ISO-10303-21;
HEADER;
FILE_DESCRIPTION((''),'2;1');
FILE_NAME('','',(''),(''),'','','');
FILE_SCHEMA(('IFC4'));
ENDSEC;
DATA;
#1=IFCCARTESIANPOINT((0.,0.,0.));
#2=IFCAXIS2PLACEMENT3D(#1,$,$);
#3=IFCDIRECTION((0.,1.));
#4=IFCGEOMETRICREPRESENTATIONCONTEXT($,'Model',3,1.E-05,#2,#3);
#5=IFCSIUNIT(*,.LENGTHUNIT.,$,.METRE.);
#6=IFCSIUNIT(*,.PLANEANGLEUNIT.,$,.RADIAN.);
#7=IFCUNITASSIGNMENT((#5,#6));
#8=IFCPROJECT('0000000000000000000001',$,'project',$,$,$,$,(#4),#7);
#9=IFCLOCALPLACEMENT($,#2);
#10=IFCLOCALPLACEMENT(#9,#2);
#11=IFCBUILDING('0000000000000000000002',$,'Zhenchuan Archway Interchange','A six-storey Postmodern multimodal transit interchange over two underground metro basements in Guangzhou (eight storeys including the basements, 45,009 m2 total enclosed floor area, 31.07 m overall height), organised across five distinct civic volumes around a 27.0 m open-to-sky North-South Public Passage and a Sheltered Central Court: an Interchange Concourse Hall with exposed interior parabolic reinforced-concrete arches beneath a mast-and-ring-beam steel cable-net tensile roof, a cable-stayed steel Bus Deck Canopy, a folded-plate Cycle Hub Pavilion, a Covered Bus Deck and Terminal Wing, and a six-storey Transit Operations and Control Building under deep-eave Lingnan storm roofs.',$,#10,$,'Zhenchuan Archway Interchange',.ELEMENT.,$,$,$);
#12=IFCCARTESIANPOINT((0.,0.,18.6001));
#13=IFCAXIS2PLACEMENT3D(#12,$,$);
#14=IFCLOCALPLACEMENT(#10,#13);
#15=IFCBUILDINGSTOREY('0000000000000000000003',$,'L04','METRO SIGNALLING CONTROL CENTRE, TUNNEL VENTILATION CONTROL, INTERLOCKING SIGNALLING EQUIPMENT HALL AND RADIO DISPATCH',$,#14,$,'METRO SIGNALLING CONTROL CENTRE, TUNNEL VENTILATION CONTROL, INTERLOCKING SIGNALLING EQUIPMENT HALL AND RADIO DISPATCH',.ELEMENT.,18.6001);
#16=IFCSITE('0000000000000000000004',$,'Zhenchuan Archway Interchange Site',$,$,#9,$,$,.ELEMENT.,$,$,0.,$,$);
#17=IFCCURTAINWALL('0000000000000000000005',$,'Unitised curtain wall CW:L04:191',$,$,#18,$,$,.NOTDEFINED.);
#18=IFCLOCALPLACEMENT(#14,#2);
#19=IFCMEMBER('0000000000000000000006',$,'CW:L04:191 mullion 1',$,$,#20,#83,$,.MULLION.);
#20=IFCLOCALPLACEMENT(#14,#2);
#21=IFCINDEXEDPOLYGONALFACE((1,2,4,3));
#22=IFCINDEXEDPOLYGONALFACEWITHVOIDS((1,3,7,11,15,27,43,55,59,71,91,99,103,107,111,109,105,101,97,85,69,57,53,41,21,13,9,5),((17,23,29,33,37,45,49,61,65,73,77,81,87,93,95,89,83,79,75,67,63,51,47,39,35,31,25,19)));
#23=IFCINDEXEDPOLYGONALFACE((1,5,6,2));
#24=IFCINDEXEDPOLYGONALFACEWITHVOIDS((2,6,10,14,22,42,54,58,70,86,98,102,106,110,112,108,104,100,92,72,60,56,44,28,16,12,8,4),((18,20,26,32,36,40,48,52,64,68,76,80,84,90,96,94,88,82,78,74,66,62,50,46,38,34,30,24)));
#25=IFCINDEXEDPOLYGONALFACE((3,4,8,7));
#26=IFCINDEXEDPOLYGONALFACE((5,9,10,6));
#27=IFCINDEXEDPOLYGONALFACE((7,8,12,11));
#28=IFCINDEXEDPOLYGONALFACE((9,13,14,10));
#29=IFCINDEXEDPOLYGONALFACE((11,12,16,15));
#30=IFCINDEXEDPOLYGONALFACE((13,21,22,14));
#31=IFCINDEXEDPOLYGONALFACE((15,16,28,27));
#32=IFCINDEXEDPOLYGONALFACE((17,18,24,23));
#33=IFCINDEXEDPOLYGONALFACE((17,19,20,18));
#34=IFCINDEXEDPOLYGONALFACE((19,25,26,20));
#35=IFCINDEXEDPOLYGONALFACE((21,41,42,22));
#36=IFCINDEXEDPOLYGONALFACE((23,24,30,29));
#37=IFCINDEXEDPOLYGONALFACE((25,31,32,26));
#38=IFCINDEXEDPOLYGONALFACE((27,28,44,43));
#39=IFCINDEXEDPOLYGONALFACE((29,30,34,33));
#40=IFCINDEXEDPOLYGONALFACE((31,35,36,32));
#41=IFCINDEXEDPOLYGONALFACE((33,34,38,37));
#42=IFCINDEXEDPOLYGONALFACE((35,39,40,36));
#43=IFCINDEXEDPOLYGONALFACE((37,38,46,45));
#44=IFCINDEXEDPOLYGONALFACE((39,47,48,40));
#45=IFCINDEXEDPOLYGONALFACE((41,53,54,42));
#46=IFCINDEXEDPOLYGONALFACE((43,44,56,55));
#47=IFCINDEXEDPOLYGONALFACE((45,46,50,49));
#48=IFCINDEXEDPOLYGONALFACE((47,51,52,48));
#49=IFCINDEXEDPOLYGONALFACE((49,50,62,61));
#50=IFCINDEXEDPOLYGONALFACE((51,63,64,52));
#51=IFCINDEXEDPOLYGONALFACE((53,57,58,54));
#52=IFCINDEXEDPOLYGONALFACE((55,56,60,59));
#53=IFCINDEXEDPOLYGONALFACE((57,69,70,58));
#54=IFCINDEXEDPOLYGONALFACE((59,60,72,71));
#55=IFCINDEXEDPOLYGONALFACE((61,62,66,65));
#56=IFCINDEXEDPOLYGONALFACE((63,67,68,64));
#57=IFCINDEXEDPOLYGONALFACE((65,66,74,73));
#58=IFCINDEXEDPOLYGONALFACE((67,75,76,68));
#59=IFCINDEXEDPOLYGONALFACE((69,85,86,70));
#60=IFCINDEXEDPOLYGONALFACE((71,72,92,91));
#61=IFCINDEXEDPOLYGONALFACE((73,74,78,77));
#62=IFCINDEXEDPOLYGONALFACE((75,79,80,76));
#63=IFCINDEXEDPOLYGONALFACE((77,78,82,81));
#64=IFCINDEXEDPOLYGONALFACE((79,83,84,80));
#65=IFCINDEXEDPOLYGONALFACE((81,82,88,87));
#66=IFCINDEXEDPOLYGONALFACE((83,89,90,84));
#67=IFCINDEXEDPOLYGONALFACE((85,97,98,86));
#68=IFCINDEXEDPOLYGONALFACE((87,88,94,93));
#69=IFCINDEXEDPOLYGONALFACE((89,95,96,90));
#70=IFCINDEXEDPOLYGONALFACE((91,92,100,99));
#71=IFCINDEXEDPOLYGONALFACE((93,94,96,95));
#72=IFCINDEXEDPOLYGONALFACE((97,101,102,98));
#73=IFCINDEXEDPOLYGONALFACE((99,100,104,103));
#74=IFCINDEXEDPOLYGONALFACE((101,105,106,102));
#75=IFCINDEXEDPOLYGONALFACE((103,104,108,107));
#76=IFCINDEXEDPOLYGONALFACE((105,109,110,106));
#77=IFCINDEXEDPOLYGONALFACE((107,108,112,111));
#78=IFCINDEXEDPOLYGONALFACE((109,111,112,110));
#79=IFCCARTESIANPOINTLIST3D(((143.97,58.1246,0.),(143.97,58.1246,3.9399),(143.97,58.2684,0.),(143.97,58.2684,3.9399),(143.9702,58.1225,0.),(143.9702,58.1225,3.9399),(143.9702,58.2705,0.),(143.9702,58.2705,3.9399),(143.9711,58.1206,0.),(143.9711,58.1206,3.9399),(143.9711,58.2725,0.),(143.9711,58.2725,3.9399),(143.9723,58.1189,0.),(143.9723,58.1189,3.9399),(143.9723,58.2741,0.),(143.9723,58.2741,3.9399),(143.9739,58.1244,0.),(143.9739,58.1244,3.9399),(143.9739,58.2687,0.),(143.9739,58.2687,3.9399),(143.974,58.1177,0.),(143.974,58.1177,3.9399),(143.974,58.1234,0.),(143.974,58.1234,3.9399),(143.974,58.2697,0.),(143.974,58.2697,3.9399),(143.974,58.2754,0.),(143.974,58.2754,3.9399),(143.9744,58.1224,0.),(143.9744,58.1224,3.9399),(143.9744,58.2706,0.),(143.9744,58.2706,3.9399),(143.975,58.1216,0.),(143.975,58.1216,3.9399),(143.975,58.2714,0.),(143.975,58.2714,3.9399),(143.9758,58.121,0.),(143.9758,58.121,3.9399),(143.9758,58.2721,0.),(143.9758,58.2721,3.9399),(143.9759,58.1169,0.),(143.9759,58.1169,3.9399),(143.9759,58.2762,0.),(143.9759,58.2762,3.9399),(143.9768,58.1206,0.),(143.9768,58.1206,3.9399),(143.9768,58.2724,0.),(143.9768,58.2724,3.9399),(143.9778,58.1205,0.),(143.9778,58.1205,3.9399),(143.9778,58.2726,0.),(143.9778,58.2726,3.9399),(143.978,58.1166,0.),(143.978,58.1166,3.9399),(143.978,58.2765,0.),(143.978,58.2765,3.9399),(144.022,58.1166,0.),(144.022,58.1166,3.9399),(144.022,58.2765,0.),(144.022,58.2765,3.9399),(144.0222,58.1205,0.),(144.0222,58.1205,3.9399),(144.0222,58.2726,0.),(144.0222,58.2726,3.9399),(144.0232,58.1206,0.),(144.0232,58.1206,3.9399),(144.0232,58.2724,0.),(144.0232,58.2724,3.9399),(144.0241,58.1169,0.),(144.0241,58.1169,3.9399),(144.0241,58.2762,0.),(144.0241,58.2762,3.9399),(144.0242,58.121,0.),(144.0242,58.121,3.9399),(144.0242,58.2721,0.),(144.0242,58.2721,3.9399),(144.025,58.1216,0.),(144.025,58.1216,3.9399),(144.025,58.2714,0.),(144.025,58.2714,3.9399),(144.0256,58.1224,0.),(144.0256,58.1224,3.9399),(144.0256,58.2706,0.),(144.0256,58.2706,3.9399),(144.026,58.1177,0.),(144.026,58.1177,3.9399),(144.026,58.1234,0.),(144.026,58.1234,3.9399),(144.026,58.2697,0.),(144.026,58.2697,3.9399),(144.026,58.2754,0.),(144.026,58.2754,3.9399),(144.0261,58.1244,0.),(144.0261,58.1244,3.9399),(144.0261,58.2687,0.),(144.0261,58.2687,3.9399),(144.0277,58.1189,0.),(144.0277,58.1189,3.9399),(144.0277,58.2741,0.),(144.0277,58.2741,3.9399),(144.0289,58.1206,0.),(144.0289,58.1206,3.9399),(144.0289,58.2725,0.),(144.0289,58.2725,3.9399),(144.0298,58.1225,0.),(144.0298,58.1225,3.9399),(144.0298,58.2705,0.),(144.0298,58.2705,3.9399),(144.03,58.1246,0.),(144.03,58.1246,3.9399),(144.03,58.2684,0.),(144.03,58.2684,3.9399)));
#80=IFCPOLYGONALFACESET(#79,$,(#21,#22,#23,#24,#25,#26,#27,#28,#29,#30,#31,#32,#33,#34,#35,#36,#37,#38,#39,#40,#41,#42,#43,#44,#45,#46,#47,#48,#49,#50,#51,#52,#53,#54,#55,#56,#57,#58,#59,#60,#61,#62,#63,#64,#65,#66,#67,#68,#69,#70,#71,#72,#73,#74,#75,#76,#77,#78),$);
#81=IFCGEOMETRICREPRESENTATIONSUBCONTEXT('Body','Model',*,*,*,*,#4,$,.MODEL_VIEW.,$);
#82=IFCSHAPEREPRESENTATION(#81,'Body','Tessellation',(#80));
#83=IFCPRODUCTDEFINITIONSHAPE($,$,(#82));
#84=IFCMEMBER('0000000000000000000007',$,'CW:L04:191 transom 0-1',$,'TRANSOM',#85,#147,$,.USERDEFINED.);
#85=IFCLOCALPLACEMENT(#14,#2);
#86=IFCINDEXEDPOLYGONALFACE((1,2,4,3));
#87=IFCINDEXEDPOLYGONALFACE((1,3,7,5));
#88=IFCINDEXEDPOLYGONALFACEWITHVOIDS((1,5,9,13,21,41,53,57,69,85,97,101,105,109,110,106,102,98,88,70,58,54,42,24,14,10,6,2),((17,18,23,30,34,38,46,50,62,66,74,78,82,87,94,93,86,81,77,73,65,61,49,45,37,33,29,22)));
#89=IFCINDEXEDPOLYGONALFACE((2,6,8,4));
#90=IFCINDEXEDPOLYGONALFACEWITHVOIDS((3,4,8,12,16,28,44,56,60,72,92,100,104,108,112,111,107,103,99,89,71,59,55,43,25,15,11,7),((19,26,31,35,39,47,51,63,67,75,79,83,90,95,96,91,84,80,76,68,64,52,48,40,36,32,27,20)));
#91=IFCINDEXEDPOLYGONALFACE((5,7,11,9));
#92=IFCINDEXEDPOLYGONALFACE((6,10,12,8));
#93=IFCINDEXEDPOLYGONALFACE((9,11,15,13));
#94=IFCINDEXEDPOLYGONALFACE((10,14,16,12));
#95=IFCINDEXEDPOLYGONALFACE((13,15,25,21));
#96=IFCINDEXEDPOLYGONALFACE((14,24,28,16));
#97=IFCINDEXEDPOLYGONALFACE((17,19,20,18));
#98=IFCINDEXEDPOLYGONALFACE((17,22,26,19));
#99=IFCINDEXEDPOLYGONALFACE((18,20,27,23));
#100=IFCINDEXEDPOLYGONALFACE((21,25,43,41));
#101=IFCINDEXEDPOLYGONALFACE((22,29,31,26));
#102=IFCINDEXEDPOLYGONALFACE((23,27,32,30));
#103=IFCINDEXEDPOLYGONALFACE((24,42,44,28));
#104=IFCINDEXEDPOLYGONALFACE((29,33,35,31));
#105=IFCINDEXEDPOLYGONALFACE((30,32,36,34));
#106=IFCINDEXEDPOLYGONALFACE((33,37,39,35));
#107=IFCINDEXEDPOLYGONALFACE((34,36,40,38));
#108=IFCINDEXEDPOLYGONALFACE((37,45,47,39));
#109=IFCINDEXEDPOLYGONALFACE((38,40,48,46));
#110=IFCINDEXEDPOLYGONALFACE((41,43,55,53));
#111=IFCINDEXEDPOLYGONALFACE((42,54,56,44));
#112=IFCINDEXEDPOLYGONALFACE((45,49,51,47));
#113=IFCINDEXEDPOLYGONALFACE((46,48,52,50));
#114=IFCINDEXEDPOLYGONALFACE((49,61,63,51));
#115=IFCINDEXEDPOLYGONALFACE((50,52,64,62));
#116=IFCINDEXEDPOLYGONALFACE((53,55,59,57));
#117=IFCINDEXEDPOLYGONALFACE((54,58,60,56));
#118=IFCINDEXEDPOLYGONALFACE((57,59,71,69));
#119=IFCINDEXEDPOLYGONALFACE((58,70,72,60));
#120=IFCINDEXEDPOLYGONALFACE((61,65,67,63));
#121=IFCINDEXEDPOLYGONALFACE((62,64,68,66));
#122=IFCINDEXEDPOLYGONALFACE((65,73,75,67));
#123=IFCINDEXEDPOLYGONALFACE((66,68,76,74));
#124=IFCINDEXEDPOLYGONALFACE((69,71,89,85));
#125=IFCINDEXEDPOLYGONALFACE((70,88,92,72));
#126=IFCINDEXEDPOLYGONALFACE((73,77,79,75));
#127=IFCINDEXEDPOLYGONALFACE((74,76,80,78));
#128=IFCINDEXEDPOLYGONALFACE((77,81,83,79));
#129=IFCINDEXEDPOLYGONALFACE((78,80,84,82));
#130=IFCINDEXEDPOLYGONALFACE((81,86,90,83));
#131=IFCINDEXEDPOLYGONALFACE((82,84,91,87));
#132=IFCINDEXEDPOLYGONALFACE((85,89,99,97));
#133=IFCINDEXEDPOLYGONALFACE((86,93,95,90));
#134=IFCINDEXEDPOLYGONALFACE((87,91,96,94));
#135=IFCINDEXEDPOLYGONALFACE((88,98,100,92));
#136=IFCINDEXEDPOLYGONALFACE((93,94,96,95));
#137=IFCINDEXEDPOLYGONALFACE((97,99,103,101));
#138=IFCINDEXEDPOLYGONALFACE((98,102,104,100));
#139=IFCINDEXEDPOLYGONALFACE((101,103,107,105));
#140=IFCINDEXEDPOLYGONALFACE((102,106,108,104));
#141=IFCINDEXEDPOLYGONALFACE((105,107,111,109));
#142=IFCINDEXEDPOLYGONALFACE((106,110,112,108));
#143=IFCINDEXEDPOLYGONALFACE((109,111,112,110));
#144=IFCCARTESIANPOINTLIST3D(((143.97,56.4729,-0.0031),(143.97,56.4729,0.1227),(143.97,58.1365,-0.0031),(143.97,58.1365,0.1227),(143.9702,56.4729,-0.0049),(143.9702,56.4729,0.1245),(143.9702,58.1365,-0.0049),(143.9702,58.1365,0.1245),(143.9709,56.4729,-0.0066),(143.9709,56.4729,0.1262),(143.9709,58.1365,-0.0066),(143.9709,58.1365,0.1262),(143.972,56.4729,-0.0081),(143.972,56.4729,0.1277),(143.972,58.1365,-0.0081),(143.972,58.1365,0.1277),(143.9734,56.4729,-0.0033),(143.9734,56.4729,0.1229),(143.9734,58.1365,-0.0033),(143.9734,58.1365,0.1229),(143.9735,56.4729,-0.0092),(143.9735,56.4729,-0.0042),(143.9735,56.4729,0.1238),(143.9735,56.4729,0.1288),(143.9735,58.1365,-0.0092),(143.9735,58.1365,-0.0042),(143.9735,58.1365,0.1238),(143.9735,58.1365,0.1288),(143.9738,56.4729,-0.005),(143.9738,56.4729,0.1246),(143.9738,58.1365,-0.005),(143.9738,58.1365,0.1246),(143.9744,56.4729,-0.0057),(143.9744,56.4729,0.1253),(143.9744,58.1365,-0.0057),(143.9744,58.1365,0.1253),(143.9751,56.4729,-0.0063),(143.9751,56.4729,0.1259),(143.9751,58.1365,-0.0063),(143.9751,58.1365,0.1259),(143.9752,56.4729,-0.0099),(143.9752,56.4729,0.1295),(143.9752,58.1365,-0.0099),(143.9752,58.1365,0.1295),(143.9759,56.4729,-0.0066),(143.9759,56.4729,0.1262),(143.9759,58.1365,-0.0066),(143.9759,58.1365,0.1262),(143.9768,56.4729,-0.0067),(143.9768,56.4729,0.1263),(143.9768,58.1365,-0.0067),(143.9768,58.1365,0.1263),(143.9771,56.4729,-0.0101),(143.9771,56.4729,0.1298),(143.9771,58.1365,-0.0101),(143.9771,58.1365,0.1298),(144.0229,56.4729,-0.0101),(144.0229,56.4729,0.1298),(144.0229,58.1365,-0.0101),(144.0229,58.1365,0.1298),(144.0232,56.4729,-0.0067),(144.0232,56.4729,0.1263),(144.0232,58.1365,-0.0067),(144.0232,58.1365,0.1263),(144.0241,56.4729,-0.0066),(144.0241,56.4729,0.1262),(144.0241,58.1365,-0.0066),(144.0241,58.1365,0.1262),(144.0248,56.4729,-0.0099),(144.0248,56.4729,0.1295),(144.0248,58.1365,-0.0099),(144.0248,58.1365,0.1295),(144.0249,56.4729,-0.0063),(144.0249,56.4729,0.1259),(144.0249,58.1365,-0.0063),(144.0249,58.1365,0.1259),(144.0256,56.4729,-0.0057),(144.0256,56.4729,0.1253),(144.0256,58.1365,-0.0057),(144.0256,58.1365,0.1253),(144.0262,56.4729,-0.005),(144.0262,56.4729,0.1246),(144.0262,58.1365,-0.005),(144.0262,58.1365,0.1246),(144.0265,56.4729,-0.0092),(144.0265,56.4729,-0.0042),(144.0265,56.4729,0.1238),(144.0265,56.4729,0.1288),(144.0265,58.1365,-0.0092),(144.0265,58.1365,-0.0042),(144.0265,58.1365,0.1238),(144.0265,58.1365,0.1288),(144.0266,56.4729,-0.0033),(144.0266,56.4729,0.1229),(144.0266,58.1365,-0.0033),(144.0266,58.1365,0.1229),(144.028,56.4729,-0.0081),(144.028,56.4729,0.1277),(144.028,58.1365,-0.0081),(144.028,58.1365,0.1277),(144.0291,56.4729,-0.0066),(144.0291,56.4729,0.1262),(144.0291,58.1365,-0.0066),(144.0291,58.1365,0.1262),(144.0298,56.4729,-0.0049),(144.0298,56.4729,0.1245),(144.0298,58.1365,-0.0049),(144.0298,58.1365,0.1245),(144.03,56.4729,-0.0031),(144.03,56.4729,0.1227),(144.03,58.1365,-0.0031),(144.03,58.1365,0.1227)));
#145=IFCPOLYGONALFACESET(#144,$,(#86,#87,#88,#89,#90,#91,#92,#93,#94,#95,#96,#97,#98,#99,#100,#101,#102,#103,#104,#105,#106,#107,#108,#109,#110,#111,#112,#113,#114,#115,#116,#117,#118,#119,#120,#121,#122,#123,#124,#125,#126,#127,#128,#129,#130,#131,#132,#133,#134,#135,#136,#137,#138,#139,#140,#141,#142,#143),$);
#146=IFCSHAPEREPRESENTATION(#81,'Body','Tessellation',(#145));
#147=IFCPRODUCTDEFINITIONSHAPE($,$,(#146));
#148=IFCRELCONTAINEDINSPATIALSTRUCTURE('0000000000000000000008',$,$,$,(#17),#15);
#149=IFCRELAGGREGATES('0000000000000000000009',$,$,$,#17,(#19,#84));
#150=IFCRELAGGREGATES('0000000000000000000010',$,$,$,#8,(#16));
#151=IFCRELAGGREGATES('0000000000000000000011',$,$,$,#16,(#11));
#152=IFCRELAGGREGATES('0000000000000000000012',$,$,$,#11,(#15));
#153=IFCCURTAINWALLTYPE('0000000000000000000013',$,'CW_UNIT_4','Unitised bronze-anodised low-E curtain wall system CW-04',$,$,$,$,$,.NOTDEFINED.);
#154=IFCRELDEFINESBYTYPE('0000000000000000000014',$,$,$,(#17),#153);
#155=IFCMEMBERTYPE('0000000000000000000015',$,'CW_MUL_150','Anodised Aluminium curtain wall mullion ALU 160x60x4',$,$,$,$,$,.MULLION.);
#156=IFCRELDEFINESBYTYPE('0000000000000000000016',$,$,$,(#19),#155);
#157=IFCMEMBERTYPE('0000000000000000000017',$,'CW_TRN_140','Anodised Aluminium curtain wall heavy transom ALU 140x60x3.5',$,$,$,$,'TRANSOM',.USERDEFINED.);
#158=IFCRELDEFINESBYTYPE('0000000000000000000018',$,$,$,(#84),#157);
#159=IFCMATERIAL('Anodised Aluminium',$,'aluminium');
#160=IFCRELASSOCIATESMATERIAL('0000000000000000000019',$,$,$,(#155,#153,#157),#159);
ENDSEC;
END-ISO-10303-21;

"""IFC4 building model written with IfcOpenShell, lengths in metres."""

from ifc_helpers import new_model, si_unit, direction, frame, origin, origin_2d, place, context, subcontext, project, spatial, hollow_rectangle, extrude, material, material_profile, profile_set, type_object, element, aggregate, save


model = new_model("IFC4")

# Units and contexts
model_context = context("Model", 3, precision=1e-05, world=origin(), true_north=direction((0.0, 1.0)))
body_context = subcontext(model_context, "Body", "Model", "MODEL_VIEW")
ifc_project = project(units=[si_unit("LENGTHUNIT", "METRE"), si_unit("PLANEANGLEUNIT", "RADIAN")], contexts=[model_context])

# Site, building, storey
site_placement = place(None, origin())
site = spatial("IfcSite", under=ifc_project, at=site_placement, Name="Zhenchuan Archway Interchange Site", CompositionType="ELEMENT", RefElevation=0.0)
building_placement = place(site_placement, origin())
building = spatial("IfcBuilding", under=site, at=building_placement, Name="Zhenchuan Archway Interchange", Description="A six-storey Postmodern multimodal transit interchange over two underground metro basements in Guangzhou (eight storeys including the basements, 45,009 m2 total enclosed floor area, 31.07 m overall height), organised across five distinct civic volumes around a 27.0 m open-to-sky North-South Public Passage and a Sheltered Central Court: an Interchange Concourse Hall with exposed interior parabolic reinforced-concrete arches beneath a mast-and-ring-beam steel cable-net tensile roof, a cable-stayed steel Bus Deck Canopy, a folded-plate Cycle Hub Pavilion, a Covered Bus Deck and Terminal Wing, and a six-storey Transit Operations and Control Building under deep-eave Lingnan storm roofs.", LongName="Zhenchuan Archway Interchange", CompositionType="ELEMENT")
storey_placement = place(building_placement, frame((0.0, 0.0, 18.6001)))
storey = spatial("IfcBuildingStorey", under=building, at=storey_placement, Name="L04", Description="METRO SIGNALLING CONTROL CENTRE, TUNNEL VENTILATION CONTROL, INTERLOCKING SIGNALLING EQUIPMENT HALL AND RADIO DISPATCH", LongName="METRO SIGNALLING CONTROL CENTRE, TUNNEL VENTILATION CONTROL, INTERLOCKING SIGNALLING EQUIPMENT HALL AND RADIO DISPATCH", CompositionType="ELEMENT", Elevation=18.6001)

# Shared definitions
ifc_material_1 = material(Name="Anodised Aluminium", Category="aluminium")
ifc_material_profile_1 = material_profile(ifc_material_1, hollow_rectangle(XDim=0.0601, YDim=0.1599, WallThickness=0.0039, InnerFilletRadius=0.0039, OuterFilletRadius=0.0081, at=origin_2d()), Name="ALU 160x60x4")
ifc_profile_set_1 = profile_set([ifc_material_profile_1], Name="Anodised Aluminium")
member_type_1 = type_object("IfcMemberType", Name="CW_MUL_150", Description="Anodised Aluminium curtain wall mullion ALU 160x60x4", PredefinedType="MULLION", material=ifc_profile_set_1)

# Curtain wall, members
curtain_wall_type_1 = type_object("IfcCurtainWallType", Name="CW_UNIT_4", Description="Unitised bronze-anodised low-E curtain wall system CW-04", PredefinedType="NOTDEFINED", material=ifc_material_1)
curtain_wall_1_placement = place(storey_placement, origin())
curtain_wall_1 = element("IfcCurtainWall", 1, at=curtain_wall_1_placement, inside=storey, type_object=curtain_wall_type_1, Name="Unitised curtain wall CW:L04:191", PredefinedType="NOTDEFINED")
member_1_placement = place(storey_placement, frame((144.0, 58.1965, 0.0), z_axis=(0.0, 0.0, 1.0), x_axis=(1.0, 0.0, 0.0)))
member_1 = element("IfcMember", 2, at=member_1_placement, type_object=member_type_1, Name="CW:L04:191 mullion 1", PredefinedType="MULLION", context=body_context, shape_type="SweptSolid", body=[
    extrude(hollow_rectangle(XDim=0.0601, YDim=0.1599, WallThickness=0.0039, InnerFilletRadius=0.0039, OuterFilletRadius=0.0081, at=origin_2d()), origin(), (0.0, 0.0, 1.0), 3.9399),
])
ifc_material_profile_2 = material_profile(ifc_material_1, hollow_rectangle(XDim=0.0601, YDim=0.1399, WallThickness=0.0034, InnerFilletRadius=0.0034, OuterFilletRadius=0.0071, at=origin_2d()), Name="ALU 140x60x3.5")
ifc_profile_set_2 = profile_set([ifc_material_profile_2], Name="Anodised Aluminium")
member_type_2 = type_object("IfcMemberType", Name="CW_TRN_140", Description="Anodised Aluminium curtain wall heavy transom ALU 140x60x3.5", ElementType="TRANSOM", PredefinedType="USERDEFINED", material=ifc_profile_set_2)
member_2_placement = place(storey_placement, frame((144.0, 56.4729, 0.0598), z_axis=(0.0, 1.0, 0.0), x_axis=(-1.0, 0.0, 0.0)))
member_2 = element("IfcMember", 3, at=member_2_placement, type_object=member_type_2, Name="CW:L04:191 transom 0-1", ObjectType="TRANSOM", PredefinedType="USERDEFINED", context=body_context, shape_type="SweptSolid", body=[
    extrude(hollow_rectangle(XDim=0.0601, YDim=0.1399, WallThickness=0.0034, InnerFilletRadius=0.0034, OuterFilletRadius=0.0071, at=origin_2d()), origin(), (0.0, 0.0, 1.0), 1.6636),
])

aggregate(curtain_wall_1, [member_1, member_2])

save(model, "model.ifc")
